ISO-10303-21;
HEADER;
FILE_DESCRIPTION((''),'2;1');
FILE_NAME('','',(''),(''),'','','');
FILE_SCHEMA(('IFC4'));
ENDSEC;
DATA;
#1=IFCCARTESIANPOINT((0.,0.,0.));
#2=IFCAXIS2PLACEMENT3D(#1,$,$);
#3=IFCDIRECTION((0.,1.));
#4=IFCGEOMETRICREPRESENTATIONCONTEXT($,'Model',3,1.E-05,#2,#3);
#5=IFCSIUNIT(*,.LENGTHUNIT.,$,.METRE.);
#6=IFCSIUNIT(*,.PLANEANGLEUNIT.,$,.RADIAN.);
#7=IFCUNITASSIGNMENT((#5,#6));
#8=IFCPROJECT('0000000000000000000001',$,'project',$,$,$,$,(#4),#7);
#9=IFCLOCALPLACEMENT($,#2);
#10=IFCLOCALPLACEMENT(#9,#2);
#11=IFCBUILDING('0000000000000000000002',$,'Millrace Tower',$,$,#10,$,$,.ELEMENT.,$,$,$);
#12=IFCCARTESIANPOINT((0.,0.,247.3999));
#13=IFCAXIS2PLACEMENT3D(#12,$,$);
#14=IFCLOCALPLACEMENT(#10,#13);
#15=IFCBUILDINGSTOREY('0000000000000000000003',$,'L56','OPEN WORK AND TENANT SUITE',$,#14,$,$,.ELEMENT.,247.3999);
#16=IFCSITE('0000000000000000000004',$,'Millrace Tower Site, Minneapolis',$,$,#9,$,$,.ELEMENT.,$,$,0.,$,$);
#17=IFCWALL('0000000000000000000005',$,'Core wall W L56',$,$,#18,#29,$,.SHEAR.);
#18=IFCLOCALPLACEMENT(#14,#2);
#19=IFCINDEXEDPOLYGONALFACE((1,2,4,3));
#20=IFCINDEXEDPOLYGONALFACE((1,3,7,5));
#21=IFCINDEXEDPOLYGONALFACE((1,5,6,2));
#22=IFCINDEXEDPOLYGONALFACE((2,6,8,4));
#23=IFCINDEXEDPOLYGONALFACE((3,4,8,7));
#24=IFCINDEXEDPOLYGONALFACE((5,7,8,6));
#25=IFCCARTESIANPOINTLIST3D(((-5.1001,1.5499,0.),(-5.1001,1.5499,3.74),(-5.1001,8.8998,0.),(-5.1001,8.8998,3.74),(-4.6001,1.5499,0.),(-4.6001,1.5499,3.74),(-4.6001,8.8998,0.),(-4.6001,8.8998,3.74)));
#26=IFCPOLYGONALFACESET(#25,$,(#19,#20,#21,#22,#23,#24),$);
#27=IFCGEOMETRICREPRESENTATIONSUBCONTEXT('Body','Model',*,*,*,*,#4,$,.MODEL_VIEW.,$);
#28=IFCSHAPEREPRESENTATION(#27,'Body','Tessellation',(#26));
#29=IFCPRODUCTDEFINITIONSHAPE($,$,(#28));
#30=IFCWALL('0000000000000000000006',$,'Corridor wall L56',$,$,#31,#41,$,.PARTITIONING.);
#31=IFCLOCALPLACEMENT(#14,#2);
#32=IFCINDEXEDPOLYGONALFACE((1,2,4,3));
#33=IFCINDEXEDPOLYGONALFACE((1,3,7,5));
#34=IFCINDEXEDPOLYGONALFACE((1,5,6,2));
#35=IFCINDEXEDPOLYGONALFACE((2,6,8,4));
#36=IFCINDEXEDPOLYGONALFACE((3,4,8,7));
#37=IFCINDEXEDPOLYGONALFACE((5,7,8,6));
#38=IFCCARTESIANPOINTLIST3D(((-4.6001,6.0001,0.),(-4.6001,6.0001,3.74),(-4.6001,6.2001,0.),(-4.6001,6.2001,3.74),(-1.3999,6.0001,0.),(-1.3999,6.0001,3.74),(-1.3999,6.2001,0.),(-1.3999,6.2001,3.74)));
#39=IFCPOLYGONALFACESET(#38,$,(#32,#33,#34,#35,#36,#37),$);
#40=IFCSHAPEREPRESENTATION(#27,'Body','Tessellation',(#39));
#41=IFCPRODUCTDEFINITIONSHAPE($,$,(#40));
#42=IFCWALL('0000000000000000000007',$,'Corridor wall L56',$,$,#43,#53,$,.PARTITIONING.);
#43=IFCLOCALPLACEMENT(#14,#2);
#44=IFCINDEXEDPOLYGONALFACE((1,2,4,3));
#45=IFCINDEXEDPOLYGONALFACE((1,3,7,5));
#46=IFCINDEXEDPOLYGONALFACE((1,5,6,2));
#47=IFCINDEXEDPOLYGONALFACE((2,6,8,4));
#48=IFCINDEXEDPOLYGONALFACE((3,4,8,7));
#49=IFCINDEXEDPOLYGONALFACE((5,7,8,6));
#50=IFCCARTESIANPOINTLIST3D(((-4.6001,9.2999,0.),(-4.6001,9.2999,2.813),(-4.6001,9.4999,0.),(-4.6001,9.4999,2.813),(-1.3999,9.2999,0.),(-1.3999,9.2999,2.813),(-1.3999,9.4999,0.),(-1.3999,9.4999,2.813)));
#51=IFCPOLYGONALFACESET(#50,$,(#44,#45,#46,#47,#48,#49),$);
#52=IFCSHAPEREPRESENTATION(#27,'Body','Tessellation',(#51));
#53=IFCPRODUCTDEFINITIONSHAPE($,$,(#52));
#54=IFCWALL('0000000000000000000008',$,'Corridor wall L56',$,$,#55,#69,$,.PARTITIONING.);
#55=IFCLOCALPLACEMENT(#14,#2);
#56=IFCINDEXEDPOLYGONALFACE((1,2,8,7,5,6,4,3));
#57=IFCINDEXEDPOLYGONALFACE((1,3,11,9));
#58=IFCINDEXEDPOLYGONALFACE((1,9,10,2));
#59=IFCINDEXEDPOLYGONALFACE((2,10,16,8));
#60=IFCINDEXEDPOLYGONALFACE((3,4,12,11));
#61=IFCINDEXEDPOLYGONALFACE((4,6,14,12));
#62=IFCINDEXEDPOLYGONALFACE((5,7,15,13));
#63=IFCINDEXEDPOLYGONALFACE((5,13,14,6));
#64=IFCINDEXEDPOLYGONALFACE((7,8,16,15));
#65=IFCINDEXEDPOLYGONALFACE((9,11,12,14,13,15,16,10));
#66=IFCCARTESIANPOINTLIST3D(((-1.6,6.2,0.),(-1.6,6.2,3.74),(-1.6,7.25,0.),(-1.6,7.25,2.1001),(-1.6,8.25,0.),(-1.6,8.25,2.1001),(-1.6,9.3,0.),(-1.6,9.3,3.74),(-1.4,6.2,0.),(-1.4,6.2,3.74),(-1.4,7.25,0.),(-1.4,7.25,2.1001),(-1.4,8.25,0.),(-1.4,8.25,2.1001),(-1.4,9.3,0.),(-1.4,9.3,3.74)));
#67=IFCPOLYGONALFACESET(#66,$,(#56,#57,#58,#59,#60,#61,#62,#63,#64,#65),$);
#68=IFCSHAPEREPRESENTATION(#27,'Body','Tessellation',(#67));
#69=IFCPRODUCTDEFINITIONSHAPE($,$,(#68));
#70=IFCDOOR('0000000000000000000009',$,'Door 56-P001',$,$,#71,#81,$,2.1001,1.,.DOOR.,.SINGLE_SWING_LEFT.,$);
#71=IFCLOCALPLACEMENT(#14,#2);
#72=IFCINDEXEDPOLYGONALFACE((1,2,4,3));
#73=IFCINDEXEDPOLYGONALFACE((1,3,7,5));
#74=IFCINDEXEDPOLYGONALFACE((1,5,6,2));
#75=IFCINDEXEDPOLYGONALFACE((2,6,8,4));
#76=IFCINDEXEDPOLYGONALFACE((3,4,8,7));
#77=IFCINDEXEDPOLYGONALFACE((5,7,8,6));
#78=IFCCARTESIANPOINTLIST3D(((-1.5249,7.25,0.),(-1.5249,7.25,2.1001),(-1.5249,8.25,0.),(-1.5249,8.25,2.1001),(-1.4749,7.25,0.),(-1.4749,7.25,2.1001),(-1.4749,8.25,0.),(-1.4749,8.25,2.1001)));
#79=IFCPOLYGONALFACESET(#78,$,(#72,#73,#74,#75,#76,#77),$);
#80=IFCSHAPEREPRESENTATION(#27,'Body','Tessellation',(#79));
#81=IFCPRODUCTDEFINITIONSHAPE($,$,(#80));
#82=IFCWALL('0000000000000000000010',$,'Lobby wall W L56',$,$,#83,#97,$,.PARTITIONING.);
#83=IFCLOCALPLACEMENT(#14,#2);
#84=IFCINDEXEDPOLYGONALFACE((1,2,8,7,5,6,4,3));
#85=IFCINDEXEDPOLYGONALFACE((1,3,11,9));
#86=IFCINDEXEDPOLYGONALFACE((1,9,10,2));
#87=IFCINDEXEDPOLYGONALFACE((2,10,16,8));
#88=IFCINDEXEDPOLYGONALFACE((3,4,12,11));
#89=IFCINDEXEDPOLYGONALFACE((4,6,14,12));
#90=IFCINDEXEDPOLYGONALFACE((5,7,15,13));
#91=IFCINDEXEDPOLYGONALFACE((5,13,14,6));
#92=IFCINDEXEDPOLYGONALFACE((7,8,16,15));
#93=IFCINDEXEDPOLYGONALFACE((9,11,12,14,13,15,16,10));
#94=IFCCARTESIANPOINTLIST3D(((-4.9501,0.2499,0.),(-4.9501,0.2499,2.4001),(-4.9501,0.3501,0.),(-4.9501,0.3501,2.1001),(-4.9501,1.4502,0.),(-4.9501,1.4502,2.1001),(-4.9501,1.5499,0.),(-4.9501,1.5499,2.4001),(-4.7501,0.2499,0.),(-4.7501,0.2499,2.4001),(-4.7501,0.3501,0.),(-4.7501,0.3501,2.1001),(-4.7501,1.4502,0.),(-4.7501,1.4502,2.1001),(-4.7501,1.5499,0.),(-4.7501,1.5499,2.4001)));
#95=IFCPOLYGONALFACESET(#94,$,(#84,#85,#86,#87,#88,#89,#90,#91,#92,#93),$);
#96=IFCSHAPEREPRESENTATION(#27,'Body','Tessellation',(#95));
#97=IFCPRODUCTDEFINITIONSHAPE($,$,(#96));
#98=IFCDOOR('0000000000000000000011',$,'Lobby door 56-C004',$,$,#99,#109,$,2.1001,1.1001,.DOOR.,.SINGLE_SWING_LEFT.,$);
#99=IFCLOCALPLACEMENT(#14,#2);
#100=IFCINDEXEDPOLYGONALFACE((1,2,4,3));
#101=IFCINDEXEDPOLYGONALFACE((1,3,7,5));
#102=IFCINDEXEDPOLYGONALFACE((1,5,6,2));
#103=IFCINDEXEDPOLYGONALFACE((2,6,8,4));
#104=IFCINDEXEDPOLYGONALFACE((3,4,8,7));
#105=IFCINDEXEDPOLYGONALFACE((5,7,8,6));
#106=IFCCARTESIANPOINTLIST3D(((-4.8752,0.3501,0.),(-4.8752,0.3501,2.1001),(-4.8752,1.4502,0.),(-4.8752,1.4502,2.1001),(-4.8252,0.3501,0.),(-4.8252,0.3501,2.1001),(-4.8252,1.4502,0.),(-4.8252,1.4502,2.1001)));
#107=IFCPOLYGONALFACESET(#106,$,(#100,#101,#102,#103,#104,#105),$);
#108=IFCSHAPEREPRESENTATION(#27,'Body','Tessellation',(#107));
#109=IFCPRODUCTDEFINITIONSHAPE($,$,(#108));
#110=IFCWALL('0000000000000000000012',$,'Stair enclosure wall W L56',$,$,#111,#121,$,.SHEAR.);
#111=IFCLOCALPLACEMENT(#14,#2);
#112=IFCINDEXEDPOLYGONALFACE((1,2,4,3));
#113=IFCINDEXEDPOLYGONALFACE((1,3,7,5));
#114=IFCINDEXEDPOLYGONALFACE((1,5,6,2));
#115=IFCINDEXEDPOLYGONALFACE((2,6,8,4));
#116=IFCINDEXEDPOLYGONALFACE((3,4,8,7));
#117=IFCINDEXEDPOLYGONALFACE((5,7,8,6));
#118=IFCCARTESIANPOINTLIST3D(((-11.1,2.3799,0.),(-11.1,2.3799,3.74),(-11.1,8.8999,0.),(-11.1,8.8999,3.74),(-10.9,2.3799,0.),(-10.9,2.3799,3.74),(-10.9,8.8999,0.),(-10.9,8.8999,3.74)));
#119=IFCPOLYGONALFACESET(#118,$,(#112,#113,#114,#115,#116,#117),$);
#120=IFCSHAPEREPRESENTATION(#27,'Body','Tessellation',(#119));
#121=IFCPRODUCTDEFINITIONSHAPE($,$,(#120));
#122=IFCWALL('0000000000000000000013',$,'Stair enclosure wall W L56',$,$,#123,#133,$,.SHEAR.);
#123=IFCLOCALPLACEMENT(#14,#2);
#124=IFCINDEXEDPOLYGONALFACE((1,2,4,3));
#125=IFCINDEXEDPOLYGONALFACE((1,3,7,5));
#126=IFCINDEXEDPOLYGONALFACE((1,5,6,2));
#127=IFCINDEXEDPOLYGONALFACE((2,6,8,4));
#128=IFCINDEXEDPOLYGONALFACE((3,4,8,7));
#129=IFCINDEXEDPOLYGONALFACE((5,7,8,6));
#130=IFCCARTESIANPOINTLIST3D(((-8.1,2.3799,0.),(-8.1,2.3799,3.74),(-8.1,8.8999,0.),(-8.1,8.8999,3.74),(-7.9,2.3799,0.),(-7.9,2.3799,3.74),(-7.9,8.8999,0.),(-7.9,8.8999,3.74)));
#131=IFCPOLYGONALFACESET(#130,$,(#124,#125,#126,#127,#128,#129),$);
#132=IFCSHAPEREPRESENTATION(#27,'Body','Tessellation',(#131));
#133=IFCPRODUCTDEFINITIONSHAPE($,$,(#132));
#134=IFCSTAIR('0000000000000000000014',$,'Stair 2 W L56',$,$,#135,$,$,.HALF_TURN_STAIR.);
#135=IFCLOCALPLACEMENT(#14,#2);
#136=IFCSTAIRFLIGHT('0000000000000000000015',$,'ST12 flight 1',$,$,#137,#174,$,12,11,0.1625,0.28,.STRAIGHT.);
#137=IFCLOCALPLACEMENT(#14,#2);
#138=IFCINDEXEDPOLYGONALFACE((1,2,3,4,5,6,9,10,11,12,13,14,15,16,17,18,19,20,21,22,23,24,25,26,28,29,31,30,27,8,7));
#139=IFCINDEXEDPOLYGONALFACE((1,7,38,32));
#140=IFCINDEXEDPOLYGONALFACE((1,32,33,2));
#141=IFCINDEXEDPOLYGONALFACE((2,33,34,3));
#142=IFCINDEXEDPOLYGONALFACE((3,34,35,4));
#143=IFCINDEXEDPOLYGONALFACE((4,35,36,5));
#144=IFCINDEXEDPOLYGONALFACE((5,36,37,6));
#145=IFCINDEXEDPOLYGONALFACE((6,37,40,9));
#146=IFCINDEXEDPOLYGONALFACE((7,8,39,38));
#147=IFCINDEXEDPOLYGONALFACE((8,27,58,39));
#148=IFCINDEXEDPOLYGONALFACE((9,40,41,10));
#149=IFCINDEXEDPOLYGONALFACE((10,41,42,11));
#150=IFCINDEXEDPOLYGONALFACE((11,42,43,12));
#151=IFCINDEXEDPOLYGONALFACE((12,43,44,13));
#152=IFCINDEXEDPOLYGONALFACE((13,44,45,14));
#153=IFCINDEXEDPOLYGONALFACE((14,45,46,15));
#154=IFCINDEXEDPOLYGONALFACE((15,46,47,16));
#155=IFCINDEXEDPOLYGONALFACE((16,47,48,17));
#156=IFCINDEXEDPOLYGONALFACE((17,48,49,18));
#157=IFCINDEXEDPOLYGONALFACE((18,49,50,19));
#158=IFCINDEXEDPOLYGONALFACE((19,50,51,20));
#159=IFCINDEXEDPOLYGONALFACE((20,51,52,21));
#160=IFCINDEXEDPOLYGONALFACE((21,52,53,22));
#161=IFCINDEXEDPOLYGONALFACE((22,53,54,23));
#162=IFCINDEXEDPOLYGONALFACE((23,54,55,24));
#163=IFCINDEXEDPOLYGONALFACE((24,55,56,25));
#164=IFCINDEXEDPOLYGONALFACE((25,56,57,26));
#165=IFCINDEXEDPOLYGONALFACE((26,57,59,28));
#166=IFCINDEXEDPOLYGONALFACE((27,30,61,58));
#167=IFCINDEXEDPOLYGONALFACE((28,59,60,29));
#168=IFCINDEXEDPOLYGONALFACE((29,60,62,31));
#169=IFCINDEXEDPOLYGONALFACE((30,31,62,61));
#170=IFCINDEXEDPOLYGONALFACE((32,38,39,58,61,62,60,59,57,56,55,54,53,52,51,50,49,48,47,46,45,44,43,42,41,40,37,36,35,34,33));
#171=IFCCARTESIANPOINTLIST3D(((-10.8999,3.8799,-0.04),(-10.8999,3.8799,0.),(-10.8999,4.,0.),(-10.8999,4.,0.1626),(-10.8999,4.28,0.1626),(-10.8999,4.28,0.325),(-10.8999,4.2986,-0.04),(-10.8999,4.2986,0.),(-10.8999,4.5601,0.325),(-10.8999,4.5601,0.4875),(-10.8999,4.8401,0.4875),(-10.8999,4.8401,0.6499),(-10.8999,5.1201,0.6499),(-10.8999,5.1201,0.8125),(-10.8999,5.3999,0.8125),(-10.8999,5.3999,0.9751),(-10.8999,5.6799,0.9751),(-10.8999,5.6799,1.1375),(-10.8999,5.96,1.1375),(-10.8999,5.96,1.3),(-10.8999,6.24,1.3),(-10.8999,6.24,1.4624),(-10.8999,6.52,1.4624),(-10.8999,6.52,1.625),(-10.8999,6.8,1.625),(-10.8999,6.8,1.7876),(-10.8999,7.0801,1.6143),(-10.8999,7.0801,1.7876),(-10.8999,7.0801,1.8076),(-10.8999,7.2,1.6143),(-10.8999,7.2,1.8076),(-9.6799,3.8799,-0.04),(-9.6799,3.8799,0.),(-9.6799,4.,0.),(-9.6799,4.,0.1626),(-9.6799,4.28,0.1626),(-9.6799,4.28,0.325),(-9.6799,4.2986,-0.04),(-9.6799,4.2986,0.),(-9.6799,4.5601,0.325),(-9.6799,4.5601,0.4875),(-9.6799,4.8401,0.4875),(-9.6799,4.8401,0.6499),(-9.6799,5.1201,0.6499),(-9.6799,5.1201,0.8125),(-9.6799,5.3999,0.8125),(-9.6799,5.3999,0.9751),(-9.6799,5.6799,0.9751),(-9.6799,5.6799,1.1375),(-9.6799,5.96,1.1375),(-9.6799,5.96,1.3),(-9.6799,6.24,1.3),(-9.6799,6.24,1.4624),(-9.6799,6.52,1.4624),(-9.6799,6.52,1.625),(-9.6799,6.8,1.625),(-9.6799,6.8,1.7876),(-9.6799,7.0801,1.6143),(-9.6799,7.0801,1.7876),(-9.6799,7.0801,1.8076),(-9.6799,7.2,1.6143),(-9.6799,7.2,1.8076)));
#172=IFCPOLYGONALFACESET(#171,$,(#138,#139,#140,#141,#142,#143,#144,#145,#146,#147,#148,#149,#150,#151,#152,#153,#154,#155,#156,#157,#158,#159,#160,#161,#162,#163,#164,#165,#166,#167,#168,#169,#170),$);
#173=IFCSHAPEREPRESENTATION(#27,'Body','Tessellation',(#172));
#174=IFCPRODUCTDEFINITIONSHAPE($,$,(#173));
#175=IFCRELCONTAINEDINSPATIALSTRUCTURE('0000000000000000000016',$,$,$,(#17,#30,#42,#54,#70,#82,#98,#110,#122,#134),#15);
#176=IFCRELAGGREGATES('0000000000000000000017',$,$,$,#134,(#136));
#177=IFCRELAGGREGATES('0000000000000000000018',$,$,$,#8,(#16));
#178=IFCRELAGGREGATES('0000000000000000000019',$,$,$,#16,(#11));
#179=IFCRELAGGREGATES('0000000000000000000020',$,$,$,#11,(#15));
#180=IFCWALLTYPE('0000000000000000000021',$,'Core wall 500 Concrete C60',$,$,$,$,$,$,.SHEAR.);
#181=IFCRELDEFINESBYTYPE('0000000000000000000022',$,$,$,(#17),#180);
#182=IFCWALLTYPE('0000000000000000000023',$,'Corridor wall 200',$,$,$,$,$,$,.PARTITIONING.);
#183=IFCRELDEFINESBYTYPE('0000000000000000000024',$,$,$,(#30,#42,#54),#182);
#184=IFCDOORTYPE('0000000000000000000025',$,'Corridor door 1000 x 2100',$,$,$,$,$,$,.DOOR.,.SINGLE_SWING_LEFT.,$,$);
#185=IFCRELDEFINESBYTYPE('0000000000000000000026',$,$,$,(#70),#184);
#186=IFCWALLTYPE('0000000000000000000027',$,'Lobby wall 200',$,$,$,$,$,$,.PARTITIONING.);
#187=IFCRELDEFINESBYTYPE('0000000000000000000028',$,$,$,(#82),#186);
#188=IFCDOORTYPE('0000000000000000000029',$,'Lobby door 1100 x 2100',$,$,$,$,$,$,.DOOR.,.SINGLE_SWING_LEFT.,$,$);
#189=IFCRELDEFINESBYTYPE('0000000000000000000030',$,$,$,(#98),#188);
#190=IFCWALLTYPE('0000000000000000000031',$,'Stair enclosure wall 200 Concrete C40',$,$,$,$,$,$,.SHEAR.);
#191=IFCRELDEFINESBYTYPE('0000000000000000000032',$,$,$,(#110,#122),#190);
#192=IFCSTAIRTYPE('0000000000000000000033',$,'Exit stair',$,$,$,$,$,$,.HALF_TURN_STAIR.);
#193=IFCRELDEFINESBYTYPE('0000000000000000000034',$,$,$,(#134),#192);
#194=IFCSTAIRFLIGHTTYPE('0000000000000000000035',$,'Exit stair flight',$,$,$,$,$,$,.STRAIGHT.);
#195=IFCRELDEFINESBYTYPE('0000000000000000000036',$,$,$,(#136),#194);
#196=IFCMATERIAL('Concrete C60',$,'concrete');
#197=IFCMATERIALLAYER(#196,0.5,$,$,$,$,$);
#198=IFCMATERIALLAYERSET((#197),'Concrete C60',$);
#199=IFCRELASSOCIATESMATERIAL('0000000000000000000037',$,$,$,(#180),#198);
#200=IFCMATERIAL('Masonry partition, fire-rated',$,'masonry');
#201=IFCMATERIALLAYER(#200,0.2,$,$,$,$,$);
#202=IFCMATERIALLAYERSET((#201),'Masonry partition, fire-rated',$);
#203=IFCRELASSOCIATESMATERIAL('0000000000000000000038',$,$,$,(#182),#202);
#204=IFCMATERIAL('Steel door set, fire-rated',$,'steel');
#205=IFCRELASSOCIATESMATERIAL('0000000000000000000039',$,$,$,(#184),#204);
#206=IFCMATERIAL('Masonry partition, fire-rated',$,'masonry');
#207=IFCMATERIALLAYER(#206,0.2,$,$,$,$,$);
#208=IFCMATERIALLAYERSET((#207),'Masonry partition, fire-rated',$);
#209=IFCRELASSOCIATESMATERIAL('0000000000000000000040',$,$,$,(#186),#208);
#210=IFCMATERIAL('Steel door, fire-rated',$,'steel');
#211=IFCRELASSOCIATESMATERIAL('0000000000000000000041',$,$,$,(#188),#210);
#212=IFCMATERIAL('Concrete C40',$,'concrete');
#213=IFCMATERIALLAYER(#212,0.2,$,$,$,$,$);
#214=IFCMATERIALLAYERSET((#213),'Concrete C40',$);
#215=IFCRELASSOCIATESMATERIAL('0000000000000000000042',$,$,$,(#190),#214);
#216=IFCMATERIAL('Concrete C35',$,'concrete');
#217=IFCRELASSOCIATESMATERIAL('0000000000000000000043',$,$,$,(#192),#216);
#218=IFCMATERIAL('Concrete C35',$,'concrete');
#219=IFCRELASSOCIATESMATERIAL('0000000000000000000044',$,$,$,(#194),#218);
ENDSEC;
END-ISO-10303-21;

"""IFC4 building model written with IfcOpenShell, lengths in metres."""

from ifc_helpers import new_model, si_unit, direction, frame, frame_2d, origin, place, context, subcontext, project, spatial, polyline, rectangle, outline, extrude, material, layer, layer_set, type_object, element, fill, aggregate, save


model = new_model("IFC4")

# Units and contexts
model_context = context("Model", 3, precision=1e-05, world=origin(), true_north=direction((0.0, 1.0)))
body_context = subcontext(model_context, "Body", "Model", "MODEL_VIEW")
ifc_project = project(units=[si_unit("LENGTHUNIT", "METRE"), si_unit("PLANEANGLEUNIT", "RADIAN")], contexts=[model_context])

# Site, building, storey
site_placement = place(None, origin())
site = spatial("IfcSite", under=ifc_project, at=site_placement, Name="Millrace Tower Site, Minneapolis", CompositionType="ELEMENT", RefElevation=0.0)
building_placement = place(site_placement, origin())
building = spatial("IfcBuilding", under=site, at=building_placement, Name="Millrace Tower", CompositionType="ELEMENT")
storey_placement = place(building_placement, frame((0.0, 0.0, 247.3999)))
storey = spatial("IfcBuildingStorey", under=building, at=storey_placement, Name="L56", Description="OPEN WORK AND TENANT SUITE", CompositionType="ELEMENT", Elevation=247.3999)

# Shared definitions
placement_1 = place(storey_placement, origin())

# Walls
ifc_material_1 = material(Name="Concrete C60", Category="concrete")
ifc_layer_1 = layer(ifc_material_1, 0.5)
ifc_layer_set_1 = layer_set([ifc_layer_1], Name="Concrete C60")
wall_type_1 = type_object("IfcWallType", Name="Core wall 500 Concrete C60", PredefinedType="SHEAR", material=ifc_layer_set_1)
wall_1_placement = place(storey_placement, frame((-4.8501, 1.55, 0.0), z_axis=(0.0, 0.0, 1.0), x_axis=(0.0, 1.0, 0.0)))
element("IfcWall", 1, at=wall_1_placement, inside=storey, type_object=wall_type_1, Name="Core wall W L56", PredefinedType="SHEAR", context=body_context, shape_type="SweptSolid", body=[
    extrude(rectangle(XDim=7.3499, YDim=0.5, at=frame_2d((3.6748, 0.0))), origin(), (0.0, 0.0, 1.0), 3.74),
])
ifc_material_2 = material(Name="Masonry partition, fire-rated", Category="masonry")
ifc_layer_2 = layer(ifc_material_2, 0.2)
ifc_layer_set_2 = layer_set([ifc_layer_2], Name="Masonry partition, fire-rated")
wall_type_2 = type_object("IfcWallType", Name="Corridor wall 200", PredefinedType="PARTITIONING", material=ifc_layer_set_2)
wall_2_placement = place(storey_placement, frame((-4.6001, 6.1001, 0.0), z_axis=(0.0, 0.0, 1.0), x_axis=(1.0, 0.0, 0.0)))
element("IfcWall", 2, at=wall_2_placement, inside=storey, type_object=wall_type_2, Name="Corridor wall L56", PredefinedType="PARTITIONING", context=body_context, shape_type="SweptSolid", body=[
    extrude(rectangle(XDim=3.2002, YDim=0.2, at=frame_2d((1.6001, 0.0))), origin(), (0.0, 0.0, 1.0), 3.74),
])
wall_3_placement = place(storey_placement, frame((-4.6001, 9.3999, 0.0), z_axis=(0.0, 0.0, 1.0), x_axis=(1.0, 0.0, 0.0)))
element("IfcWall", 3, at=wall_3_placement, inside=storey, type_object=wall_type_2, Name="Corridor wall L56", PredefinedType="PARTITIONING", context=body_context, shape_type="SweptSolid", body=[
    extrude(rectangle(XDim=3.2002, YDim=0.2, at=frame_2d((1.6001, 0.0))), origin(), (0.0, 0.0, 1.0), 2.813),
])

# Walls, openings, doors
wall_4_placement = place(storey_placement, frame((-1.5, 6.2, 0.0), z_axis=(0.0, 0.0, 1.0), x_axis=(0.0, 1.0, 0.0)))
wall_4 = element("IfcWall", 4, at=wall_4_placement, inside=storey, type_object=wall_type_2, Name="Corridor wall L56", PredefinedType="PARTITIONING", context=body_context, shape_type="SweptSolid", body=[
    extrude(rectangle(XDim=3.1001, YDim=0.2, at=frame_2d((1.55, 0.0))), origin(), (0.0, 0.0, 1.0), 3.74),
])
opening_1_placement = place(wall_4_placement, frame((1.05, 0.0, 0.0)))
opening_1 = element("IfcOpeningElement", 5, at=opening_1_placement, cuts=wall_4, PredefinedType="OPENING", context=body_context, shape_type="SweptSolid", body=[
    extrude(rectangle(XDim=1.0, YDim=2.1001, at=frame_2d((0.5, 1.05))), frame((0.0, 0.1099, 0.0), z_axis=(0.0, -1.0, 0.0), x_axis=(1.0, 0.0, 0.0)), (0.0, 0.0, 1.0), 0.22),
])
ifc_material_3 = material(Name="Steel door set, fire-rated", Category="steel")
door_type_1 = type_object("IfcDoorType", Name="Corridor door 1000 x 2100", OperationType="SINGLE_SWING_LEFT", PredefinedType="DOOR", material=ifc_material_3)
door_1_placement = place(opening_1_placement, origin())
door_1 = element("IfcDoor", 6, at=door_1_placement, inside=storey, type_object=door_type_1, Name="Door 56-P001", OperationType="SINGLE_SWING_LEFT", OverallHeight=2.1001, OverallWidth=1.0, PredefinedType="DOOR", context=body_context, shape_type="SweptSolid", body=[
    extrude(rectangle(XDim=1.0, YDim=2.1001, at=frame_2d((0.5, 1.05))), frame((0.0, 0.0249, 0.0), z_axis=(0.0, -1.0, 0.0), x_axis=(1.0, 0.0, 0.0)), (0.0, 0.0, 1.0), 0.05),
])
fill(opening_1, door_1)
ifc_material_4 = material(Name="Masonry partition, fire-rated", Category="masonry")
ifc_layer_3 = layer(ifc_material_4, 0.2)
ifc_layer_set_3 = layer_set([ifc_layer_3], Name="Masonry partition, fire-rated")
wall_type_3 = type_object("IfcWallType", Name="Lobby wall 200", PredefinedType="PARTITIONING", material=ifc_layer_set_3)
wall_5_placement = place(storey_placement, frame((-4.8501, 0.25, 0.0), z_axis=(0.0, 0.0, 1.0), x_axis=(0.0, 1.0, 0.0)))
wall_5 = element("IfcWall", 7, at=wall_5_placement, inside=storey, type_object=wall_type_3, Name="Lobby wall W L56", PredefinedType="PARTITIONING", context=body_context, shape_type="SweptSolid", body=[
    extrude(rectangle(XDim=1.3, YDim=0.2, at=frame_2d((0.6499, 0.0))), origin(), (0.0, 0.0, 1.0), 2.4001),
])
opening_2_placement = place(wall_5_placement, frame((0.1001, 0.0, 0.0)))
opening_2 = element("IfcOpeningElement", 8, at=opening_2_placement, cuts=wall_5, PredefinedType="OPENING", context=body_context, shape_type="SweptSolid", body=[
    extrude(rectangle(XDim=1.1001, YDim=2.1001, at=frame_2d((0.55, 1.05))), frame((0.0, 0.1099, 0.0), z_axis=(0.0, -1.0, 0.0), x_axis=(1.0, 0.0, 0.0)), (0.0, 0.0, 1.0), 0.22),
])
ifc_material_5 = material(Name="Steel door, fire-rated", Category="steel")
door_type_2 = type_object("IfcDoorType", Name="Lobby door 1100 x 2100", OperationType="SINGLE_SWING_LEFT", PredefinedType="DOOR", material=ifc_material_5)
door_2_placement = place(opening_2_placement, frame((1.1001, 0.0, 0.0), z_axis=(0.0, 0.0, 1.0), x_axis=(-1.0, 0.0, 0.0)))
door_2 = element("IfcDoor", 9, at=door_2_placement, inside=storey, type_object=door_type_2, Name="Lobby door 56-C004", OperationType="SINGLE_SWING_LEFT", OverallHeight=2.1001, OverallWidth=1.1001, PredefinedType="DOOR", context=body_context, shape_type="SweptSolid", body=[
    extrude(rectangle(XDim=1.1001, YDim=2.1001, at=frame_2d((0.55, 1.05))), frame((0.0, 0.0249, 0.0), z_axis=(0.0, -1.0, 0.0), x_axis=(1.0, 0.0, 0.0)), (0.0, 0.0, 1.0), 0.05),
])
fill(opening_2, door_2)

# Walls
ifc_material_6 = material(Name="Concrete C40", Category="concrete")
ifc_layer_4 = layer(ifc_material_6, 0.2)
ifc_layer_set_4 = layer_set([ifc_layer_4], Name="Concrete C40")
wall_type_4 = type_object("IfcWallType", Name="Stair enclosure wall 200 Concrete C40", PredefinedType="SHEAR", material=ifc_layer_set_4)
for number, where, z_axis, x_axis, name in (
    (10, (-11.0, 2.3799, 0.0), (0.0, 0.0, 1.0), (0.0, 1.0, 0.0), "Stair enclosure wall W L56"),
    (11, (-8.0, 2.3799, 0.0), (0.0, 0.0, 1.0), (0.0, 1.0, 0.0), "Stair enclosure wall W L56"),
):
    element("IfcWall", number, at=place(storey_placement, frame(where, z_axis=z_axis, x_axis=x_axis)), inside=storey, type_object=wall_type_4, Name=name, PredefinedType="SHEAR", context=body_context, shape_type="SweptSolid", body=[
        extrude(rectangle(XDim=6.52, YDim=0.2, at=frame_2d((3.26, 0.0))), origin(), (0.0, 0.0, 1.0), 3.74),
    ])

# Stair, stair flight
ifc_material_7 = material(Name="Concrete C35", Category="concrete")
stair_type = type_object("IfcStairType", Name="Exit stair", PredefinedType="HALF_TURN_STAIR", material=ifc_material_7)
stair_1 = element("IfcStair", 12, at=placement_1, inside=storey, type_object=stair_type, Name="Stair 2 W L56", PredefinedType="HALF_TURN_STAIR")
ifc_material_8 = material(Name="Concrete C35", Category="concrete")
stair_flight_type = type_object("IfcStairFlightType", Name="Exit stair flight", PredefinedType="STRAIGHT", material=ifc_material_8)
stair_flight_1_placement = place(storey_placement, frame((-10.29, 4.0, 0.0), z_axis=(0.0, 0.0, 1.0), x_axis=(0.0, 1.0, 0.0)))
stair_flight_1 = element("IfcStairFlight", 13, at=stair_flight_1_placement, type_object=stair_flight_type, Name="ST12 flight 1", NumberOfRisers=12, NumberOfTreads=11, PredefinedType="STRAIGHT", RiserHeight=0.1625, TreadLength=0.28, context=body_context, shape_type="SweptSolid", body=[
    extrude(outline(polyline([(-0.1201, -0.04), (-0.1201, 0.0), (0.0, 0.0), (0.0, 0.1626), (0.28, 0.1626), (0.28, 0.325), (0.5601, 0.325), (0.5601, 0.4875), (0.8401, 0.4875), (0.8401, 0.6499), (1.1201, 0.6499), (1.1201, 0.8125), (1.3999, 0.8125), (1.3999, 0.9751), (1.6799, 0.9751), (1.6799, 1.1375), (1.96, 1.1375), (1.96, 1.3), (2.24, 1.3), (2.24, 1.4624), (2.52, 1.4624), (2.52, 1.625), (2.8, 1.625), (2.8, 1.7876), (3.0801, 1.7876), (3.0801, 1.8076), (3.2, 1.8076), (3.2, 1.6143), (3.0801, 1.6143), (0.2986, 0.0), (0.2986, -0.04), (-0.1201, -0.04)])), frame((0.0, 0.6099, 0.0), z_axis=(0.0, -1.0, 0.0), x_axis=(1.0, 0.0, 0.0)), (0.0, 0.0, 1.0), 1.22),
])
aggregate(stair_1, [stair_flight_1])

save(model, "model.ifc")
